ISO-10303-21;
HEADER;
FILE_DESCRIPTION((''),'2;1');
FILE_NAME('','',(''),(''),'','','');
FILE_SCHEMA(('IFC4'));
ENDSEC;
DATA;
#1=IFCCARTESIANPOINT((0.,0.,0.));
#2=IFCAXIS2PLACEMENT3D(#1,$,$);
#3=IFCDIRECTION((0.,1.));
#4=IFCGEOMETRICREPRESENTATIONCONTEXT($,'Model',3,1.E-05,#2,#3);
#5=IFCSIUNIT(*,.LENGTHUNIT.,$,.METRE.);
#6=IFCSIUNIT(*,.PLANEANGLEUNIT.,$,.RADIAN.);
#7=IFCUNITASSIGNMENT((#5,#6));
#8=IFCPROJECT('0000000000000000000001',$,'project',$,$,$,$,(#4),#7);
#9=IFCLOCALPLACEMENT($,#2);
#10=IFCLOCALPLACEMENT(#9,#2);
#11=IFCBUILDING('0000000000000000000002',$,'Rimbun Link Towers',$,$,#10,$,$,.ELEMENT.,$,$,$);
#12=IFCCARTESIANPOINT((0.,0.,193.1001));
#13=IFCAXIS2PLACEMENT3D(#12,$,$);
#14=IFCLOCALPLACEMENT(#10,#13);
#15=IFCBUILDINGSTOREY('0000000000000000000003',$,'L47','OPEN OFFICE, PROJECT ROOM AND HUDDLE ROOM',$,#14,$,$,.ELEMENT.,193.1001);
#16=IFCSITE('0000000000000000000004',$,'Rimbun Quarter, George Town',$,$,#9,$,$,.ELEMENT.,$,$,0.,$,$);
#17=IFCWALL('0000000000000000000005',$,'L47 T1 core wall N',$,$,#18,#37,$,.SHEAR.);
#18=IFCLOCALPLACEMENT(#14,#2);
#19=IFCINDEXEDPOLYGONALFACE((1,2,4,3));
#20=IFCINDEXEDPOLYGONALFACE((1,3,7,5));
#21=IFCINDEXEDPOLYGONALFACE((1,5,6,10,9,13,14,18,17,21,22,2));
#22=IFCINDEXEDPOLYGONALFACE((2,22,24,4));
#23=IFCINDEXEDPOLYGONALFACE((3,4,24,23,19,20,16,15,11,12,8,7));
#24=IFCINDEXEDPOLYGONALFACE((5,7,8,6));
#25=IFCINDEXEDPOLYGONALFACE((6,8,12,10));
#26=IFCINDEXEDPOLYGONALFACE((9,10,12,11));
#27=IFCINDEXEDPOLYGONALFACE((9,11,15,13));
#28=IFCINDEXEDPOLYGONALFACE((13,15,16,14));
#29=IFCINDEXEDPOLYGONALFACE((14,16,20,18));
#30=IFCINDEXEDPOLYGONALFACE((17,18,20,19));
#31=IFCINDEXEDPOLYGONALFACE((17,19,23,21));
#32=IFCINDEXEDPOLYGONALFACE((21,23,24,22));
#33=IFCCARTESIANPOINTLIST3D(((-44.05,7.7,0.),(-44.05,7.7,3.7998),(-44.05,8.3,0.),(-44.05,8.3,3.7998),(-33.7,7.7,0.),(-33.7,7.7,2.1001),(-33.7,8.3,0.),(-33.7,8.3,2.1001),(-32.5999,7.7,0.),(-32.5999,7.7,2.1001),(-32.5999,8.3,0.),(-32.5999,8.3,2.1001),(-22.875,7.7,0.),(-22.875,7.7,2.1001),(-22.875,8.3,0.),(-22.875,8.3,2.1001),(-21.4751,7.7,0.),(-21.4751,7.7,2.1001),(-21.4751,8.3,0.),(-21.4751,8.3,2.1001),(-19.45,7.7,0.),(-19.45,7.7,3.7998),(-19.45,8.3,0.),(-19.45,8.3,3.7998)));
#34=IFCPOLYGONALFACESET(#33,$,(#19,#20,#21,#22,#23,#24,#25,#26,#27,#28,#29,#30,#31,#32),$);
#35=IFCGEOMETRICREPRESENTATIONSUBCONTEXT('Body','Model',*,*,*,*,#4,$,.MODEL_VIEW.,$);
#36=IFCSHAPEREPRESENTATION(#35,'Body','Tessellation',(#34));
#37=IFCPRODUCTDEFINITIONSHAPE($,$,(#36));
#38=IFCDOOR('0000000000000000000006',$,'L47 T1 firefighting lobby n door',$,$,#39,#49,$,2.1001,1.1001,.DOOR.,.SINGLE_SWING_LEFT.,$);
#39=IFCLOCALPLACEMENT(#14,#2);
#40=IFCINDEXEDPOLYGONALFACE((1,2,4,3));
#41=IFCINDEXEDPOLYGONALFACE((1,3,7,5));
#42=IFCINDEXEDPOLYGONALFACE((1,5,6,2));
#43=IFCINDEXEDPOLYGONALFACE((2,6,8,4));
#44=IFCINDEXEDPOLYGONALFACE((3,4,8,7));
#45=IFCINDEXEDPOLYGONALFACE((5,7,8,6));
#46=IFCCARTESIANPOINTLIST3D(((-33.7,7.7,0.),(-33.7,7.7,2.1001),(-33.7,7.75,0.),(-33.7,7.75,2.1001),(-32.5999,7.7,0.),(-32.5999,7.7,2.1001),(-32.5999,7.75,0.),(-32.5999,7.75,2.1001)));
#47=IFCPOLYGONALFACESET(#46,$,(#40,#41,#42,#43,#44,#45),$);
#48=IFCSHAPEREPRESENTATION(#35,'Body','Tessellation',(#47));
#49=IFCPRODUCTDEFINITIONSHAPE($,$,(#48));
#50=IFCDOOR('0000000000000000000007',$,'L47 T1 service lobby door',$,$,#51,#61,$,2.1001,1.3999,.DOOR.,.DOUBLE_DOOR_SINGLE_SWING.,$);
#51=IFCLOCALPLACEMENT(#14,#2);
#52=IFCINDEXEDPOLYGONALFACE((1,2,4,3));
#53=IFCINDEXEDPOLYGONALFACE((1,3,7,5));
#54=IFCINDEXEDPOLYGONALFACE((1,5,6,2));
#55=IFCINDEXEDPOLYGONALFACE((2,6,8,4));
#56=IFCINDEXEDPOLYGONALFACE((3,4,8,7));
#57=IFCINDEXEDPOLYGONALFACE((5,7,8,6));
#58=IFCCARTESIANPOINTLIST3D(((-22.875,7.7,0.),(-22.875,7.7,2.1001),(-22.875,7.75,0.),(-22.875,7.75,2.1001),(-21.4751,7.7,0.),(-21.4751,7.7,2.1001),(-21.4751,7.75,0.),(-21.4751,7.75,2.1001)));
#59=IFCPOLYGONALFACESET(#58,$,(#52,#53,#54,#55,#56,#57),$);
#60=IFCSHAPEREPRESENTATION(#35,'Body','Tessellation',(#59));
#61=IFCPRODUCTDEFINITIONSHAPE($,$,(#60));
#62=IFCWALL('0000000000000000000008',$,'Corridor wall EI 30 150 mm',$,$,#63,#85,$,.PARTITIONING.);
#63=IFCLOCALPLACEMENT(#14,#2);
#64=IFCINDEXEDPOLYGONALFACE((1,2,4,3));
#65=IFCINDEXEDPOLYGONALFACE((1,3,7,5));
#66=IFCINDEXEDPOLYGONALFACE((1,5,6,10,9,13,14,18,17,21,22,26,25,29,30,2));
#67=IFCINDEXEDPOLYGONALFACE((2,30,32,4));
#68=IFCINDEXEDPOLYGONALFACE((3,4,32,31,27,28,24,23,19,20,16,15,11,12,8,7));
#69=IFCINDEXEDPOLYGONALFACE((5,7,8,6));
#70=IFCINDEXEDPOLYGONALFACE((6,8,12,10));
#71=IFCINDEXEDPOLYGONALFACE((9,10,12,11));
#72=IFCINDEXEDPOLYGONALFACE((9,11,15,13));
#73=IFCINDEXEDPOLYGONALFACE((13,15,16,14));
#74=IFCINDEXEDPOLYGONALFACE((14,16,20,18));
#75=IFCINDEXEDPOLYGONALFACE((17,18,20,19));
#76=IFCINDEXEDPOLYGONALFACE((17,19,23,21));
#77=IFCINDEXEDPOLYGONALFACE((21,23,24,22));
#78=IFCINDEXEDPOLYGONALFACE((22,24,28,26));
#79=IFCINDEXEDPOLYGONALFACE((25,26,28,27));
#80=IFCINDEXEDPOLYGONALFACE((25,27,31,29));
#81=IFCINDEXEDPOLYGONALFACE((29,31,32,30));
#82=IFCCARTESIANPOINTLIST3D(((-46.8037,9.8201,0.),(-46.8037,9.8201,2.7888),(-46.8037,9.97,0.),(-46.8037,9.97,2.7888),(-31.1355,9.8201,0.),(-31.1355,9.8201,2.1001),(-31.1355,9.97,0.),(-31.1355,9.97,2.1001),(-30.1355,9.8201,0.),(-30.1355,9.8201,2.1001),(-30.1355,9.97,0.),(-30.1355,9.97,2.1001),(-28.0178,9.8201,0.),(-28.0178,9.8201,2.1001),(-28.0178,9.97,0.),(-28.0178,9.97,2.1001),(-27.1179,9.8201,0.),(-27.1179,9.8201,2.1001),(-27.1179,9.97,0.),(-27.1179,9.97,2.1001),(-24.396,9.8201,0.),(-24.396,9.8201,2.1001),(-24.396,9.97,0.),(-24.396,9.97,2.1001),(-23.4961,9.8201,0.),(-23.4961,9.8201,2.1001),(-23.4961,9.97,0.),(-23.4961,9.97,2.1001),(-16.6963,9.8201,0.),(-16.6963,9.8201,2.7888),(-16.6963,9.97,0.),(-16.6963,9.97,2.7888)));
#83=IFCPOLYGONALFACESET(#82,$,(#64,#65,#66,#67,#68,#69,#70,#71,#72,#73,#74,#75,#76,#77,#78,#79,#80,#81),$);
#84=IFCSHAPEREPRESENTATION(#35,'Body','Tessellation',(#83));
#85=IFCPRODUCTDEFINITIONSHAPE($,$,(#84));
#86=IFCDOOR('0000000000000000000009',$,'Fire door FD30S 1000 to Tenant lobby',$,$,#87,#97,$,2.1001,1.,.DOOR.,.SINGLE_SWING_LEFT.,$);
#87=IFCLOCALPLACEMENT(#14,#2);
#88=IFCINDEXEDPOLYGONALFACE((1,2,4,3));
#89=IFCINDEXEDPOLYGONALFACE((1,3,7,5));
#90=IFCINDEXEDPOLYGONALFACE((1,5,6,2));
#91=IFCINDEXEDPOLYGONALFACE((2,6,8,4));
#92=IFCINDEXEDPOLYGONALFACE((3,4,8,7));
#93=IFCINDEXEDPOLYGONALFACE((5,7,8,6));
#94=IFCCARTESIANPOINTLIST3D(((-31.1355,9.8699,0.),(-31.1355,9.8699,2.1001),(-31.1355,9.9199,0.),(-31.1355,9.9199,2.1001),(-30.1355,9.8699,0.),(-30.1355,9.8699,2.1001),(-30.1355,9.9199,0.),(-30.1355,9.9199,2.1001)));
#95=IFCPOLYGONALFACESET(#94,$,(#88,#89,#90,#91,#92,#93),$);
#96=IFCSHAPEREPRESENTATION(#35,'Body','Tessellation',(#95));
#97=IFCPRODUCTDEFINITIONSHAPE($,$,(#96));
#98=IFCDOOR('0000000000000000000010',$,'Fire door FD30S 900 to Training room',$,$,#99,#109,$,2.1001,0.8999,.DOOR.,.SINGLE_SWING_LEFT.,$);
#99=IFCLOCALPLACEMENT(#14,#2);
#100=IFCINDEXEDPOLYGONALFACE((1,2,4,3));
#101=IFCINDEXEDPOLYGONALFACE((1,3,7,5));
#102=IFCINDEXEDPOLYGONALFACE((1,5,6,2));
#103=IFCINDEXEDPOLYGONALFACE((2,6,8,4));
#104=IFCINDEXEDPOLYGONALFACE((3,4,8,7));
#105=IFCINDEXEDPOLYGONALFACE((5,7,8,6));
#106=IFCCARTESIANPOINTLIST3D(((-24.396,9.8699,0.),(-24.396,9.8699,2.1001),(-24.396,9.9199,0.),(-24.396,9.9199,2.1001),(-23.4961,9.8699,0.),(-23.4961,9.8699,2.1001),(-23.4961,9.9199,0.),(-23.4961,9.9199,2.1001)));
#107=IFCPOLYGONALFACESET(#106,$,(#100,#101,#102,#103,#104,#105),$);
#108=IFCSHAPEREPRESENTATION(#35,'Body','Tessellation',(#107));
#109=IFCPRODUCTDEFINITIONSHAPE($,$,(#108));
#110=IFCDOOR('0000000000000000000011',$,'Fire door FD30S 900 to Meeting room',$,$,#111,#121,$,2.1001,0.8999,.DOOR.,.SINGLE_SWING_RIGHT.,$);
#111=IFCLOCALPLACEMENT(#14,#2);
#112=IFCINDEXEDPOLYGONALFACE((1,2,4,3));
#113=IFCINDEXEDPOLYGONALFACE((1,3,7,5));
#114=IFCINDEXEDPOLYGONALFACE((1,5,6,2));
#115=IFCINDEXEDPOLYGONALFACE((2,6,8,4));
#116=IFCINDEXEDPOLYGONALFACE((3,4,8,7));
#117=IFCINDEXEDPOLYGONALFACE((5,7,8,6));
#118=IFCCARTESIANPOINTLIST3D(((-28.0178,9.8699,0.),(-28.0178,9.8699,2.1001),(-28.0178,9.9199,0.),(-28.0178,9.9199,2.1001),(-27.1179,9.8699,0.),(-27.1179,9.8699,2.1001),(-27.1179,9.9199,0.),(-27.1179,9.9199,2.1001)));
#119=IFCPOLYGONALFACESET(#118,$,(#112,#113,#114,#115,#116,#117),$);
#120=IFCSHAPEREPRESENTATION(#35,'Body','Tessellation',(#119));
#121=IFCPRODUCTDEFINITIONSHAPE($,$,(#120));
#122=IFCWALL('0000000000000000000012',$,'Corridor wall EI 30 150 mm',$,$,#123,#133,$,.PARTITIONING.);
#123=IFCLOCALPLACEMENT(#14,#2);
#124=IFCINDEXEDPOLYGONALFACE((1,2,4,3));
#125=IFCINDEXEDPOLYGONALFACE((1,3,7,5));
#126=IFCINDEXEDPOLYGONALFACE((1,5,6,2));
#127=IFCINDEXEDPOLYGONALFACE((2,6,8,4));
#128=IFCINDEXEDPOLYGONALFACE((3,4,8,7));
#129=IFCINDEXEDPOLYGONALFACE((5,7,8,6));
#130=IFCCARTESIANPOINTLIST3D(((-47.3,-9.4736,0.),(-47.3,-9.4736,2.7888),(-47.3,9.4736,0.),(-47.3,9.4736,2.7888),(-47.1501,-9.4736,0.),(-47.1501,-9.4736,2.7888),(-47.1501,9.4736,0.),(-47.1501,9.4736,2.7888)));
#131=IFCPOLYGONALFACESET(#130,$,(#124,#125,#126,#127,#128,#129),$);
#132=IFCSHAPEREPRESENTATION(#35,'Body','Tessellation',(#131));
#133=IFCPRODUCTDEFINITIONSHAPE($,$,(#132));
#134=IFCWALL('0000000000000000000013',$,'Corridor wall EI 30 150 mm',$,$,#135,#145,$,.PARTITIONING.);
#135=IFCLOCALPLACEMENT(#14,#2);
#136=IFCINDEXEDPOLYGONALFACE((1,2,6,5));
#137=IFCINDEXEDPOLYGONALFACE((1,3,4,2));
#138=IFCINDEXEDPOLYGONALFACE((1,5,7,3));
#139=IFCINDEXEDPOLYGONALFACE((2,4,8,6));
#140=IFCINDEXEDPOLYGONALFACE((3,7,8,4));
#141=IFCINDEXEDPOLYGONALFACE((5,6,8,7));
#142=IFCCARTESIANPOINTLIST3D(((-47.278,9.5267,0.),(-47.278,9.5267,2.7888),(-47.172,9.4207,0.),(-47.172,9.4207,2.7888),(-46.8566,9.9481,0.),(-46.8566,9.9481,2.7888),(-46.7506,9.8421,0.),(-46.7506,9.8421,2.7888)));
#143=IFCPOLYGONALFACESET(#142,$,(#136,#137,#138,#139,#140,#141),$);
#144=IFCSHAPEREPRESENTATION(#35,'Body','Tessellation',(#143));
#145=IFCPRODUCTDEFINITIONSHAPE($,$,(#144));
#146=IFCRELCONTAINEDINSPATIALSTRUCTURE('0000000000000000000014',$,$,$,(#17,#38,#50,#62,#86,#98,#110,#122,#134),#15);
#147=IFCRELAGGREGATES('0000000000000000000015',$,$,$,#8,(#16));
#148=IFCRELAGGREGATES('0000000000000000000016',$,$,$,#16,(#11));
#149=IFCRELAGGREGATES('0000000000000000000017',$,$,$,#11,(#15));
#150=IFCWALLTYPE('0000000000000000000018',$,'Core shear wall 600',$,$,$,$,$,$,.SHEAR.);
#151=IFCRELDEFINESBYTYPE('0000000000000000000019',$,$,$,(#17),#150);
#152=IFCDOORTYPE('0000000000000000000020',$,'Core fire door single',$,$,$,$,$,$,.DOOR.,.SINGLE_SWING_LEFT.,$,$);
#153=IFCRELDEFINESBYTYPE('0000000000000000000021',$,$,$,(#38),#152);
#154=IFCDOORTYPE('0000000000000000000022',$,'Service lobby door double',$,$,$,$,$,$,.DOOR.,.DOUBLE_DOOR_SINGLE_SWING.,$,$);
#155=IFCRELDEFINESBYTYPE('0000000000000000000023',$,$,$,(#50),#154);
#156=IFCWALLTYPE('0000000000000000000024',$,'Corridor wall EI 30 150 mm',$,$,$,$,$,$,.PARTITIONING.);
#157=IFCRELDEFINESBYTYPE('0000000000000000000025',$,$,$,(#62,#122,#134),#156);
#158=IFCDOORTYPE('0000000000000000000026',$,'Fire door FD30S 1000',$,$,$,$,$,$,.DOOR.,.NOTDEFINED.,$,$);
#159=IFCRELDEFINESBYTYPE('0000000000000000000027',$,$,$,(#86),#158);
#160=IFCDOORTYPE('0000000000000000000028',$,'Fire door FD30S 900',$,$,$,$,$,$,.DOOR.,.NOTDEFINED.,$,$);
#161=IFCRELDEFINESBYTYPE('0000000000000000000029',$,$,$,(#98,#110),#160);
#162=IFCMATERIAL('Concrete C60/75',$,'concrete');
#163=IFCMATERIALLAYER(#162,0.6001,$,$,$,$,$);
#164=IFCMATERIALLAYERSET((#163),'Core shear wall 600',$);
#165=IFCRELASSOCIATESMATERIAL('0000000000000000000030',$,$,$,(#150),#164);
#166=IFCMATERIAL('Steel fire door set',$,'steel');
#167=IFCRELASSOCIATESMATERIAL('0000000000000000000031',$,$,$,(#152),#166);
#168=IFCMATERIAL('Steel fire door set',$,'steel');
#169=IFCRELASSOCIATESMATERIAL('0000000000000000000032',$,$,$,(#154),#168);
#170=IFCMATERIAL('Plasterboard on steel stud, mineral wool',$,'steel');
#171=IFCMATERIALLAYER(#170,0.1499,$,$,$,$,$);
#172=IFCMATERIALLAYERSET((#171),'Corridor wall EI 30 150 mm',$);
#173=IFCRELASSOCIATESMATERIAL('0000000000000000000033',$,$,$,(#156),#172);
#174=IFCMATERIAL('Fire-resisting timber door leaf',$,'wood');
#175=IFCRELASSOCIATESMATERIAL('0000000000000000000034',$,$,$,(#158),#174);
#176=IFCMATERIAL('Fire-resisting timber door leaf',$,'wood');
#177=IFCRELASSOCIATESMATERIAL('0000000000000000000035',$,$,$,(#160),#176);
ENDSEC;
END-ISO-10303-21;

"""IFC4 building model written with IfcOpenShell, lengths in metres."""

from ifc_helpers import new_model, si_unit, direction, frame, frame_2d, origin, place, context, subcontext, project, spatial, rectangle, extrude, material, layer, layer_set, type_object, element, fill, save


model = new_model("IFC4")

# Units and contexts
model_context = context("Model", 3, precision=1e-05, world=origin(), true_north=direction((0.0, 1.0)))
body_context = subcontext(model_context, "Body", "Model", "MODEL_VIEW")
ifc_project = project(units=[si_unit("LENGTHUNIT", "METRE"), si_unit("PLANEANGLEUNIT", "RADIAN")], contexts=[model_context])

# Site, building, storey
site_placement = place(None, origin())
site = spatial("IfcSite", under=ifc_project, at=site_placement, Name="Rimbun Quarter, George Town", CompositionType="ELEMENT", RefElevation=0.0)
building_placement = place(site_placement, origin())
building = spatial("IfcBuilding", under=site, at=building_placement, Name="Rimbun Link Towers", CompositionType="ELEMENT")
storey_placement = place(building_placement, frame((0.0, 0.0, 193.1001)))
storey = spatial("IfcBuildingStorey", under=building, at=storey_placement, Name="L47", Description="OPEN OFFICE, PROJECT ROOM AND HUDDLE ROOM", CompositionType="ELEMENT", Elevation=193.1001)

# Walls, openings, doors
ifc_material_1 = material(Name="Concrete C60/75", Category="concrete")
ifc_layer_1 = layer(ifc_material_1, 0.6001)
ifc_layer_set_1 = layer_set([ifc_layer_1], Name="Core shear wall 600")
wall_type_1 = type_object("IfcWallType", Name="Core shear wall 600", PredefinedType="SHEAR", material=ifc_layer_set_1)
wall_1_placement = place(storey_placement, frame((-44.05, 8.0, 0.0), z_axis=(0.0, 0.0, 1.0), x_axis=(1.0, 0.0, 0.0)))
wall_1 = element("IfcWall", 1, at=wall_1_placement, inside=storey, type_object=wall_type_1, Name="L47 T1 core wall N", PredefinedType="SHEAR", context=body_context, shape_type="SweptSolid", body=[
    extrude(rectangle(XDim=24.6001, YDim=0.6001, at=frame_2d((12.3, 0.0))), origin(), (0.0, 0.0, 1.0), 3.7998),
])
opening_1_placement = place(wall_1_placement, frame((10.3501, 0.0, 0.0)))
opening_1 = element("IfcOpeningElement", 2, at=opening_1_placement, cuts=wall_1, PredefinedType="OPENING", context=body_context, shape_type="SweptSolid", body=[
    extrude(rectangle(XDim=1.1001, YDim=2.1001, at=frame_2d((0.55, 1.05))), frame((0.0, 0.3101, 0.0), z_axis=(0.0, -1.0, 0.0), x_axis=(1.0, 0.0, 0.0)), (0.0, 0.0, 1.0), 0.6201),
])
opening_2_placement = place(wall_1_placement, frame((21.175, 0.0, 0.0)))
opening_2 = element("IfcOpeningElement", 3, at=opening_2_placement, cuts=wall_1, PredefinedType="OPENING", context=body_context, shape_type="SweptSolid", body=[
    extrude(rectangle(XDim=1.3999, YDim=2.1001, at=frame_2d((0.7, 1.05))), frame((0.0, 0.3101, 0.0), z_axis=(0.0, -1.0, 0.0), x_axis=(1.0, 0.0, 0.0)), (0.0, 0.0, 1.0), 0.6201),
])
ifc_material_2 = material(Name="Steel fire door set", Category="steel")
door_type_1 = type_object("IfcDoorType", Name="Core fire door single", OperationType="SINGLE_SWING_LEFT", PredefinedType="DOOR", material=ifc_material_2)
door_1_placement = place(opening_1_placement, origin())
door_1 = element("IfcDoor", 4, at=door_1_placement, inside=storey, type_object=door_type_1, Name="L47 T1 firefighting lobby n door", OperationType="SINGLE_SWING_LEFT", OverallHeight=2.1001, OverallWidth=1.1001, PredefinedType="DOOR", context=body_context, shape_type="SweptSolid", body=[
    extrude(rectangle(XDim=1.1001, YDim=2.1001, at=frame_2d((0.55, 1.05))), frame((0.0, -0.25, 0.0), z_axis=(0.0, -1.0, 0.0), x_axis=(1.0, 0.0, 0.0)), (0.0, 0.0, 1.0), 0.05),
])
fill(opening_1, door_1)
ifc_material_3 = material(Name="Steel fire door set", Category="steel")
door_type_2 = type_object("IfcDoorType", Name="Service lobby door double", OperationType="DOUBLE_DOOR_SINGLE_SWING", PredefinedType="DOOR", material=ifc_material_3)
door_2_placement = place(opening_2_placement, origin())
door_2 = element("IfcDoor", 5, at=door_2_placement, inside=storey, type_object=door_type_2, Name="L47 T1 service lobby door", OperationType="DOUBLE_DOOR_SINGLE_SWING", OverallHeight=2.1001, OverallWidth=1.3999, PredefinedType="DOOR", context=body_context, shape_type="SweptSolid", body=[
    extrude(rectangle(XDim=1.3999, YDim=2.1001, at=frame_2d((0.7, 1.05))), frame((0.0, -0.25, 0.0), z_axis=(0.0, -1.0, 0.0), x_axis=(1.0, 0.0, 0.0)), (0.0, 0.0, 1.0), 0.05),
])
fill(opening_2, door_2)
ifc_material_4 = material(Name="Plasterboard on steel stud, mineral wool", Category="steel")
ifc_layer_2 = layer(ifc_material_4, 0.1499)
ifc_layer_set_2 = layer_set([ifc_layer_2], Name="Corridor wall EI 30 150 mm")
wall_type_2 = type_object("IfcWallType", Name="Corridor wall EI 30 150 mm", PredefinedType="PARTITIONING", material=ifc_layer_set_2)
wall_2_placement = place(storey_placement, frame((-46.8037, 9.895, 0.0), z_axis=(0.0, 0.0, 1.0), x_axis=(1.0, 0.0, 0.0)))
wall_2 = element("IfcWall", 6, at=wall_2_placement, inside=storey, type_object=wall_type_2, Name="Corridor wall EI 30 150 mm", PredefinedType="PARTITIONING", context=body_context, shape_type="SweptSolid", body=[
    extrude(rectangle(XDim=30.1074, YDim=0.1499, at=frame_2d((15.0537, 0.0))), origin(), (0.0, 0.0, 1.0), 2.7888),
])
opening_3_placement = place(wall_2_placement, frame((22.4077, 0.0, 0.0)))
opening_3 = element("IfcOpeningElement", 7, at=opening_3_placement, cuts=wall_2, PredefinedType="OPENING", context=body_context, shape_type="SweptSolid", body=[
    extrude(rectangle(XDim=0.8999, YDim=2.1001, at=frame_2d((0.45, 1.05))), frame((0.0, 0.085, 0.0), z_axis=(0.0, -1.0, 0.0), x_axis=(1.0, 0.0, 0.0)), (0.0, 0.0, 1.0), 0.1699),
])
opening_4_placement = place(wall_2_placement, frame((18.7859, 0.0, 0.0)))
opening_4 = element("IfcOpeningElement", 8, at=opening_4_placement, cuts=wall_2, PredefinedType="OPENING", context=body_context, shape_type="SweptSolid", body=[
    extrude(rectangle(XDim=0.8999, YDim=2.1001, at=frame_2d((0.45, 1.05))), frame((0.0, 0.085, 0.0), z_axis=(0.0, -1.0, 0.0), x_axis=(1.0, 0.0, 0.0)), (0.0, 0.0, 1.0), 0.1699),
])
opening_5_placement = place(wall_2_placement, frame((15.6682, 0.0, 0.0)))
opening_5 = element("IfcOpeningElement", 9, at=opening_5_placement, cuts=wall_2, PredefinedType="OPENING", context=body_context, shape_type="SweptSolid", body=[
    extrude(rectangle(XDim=1.0, YDim=2.1001, at=frame_2d((0.5, 1.05))), frame((0.0, 0.085, 0.0), z_axis=(0.0, -1.0, 0.0), x_axis=(1.0, 0.0, 0.0)), (0.0, 0.0, 1.0), 0.1699),
])
ifc_material_5 = material(Name="Fire-resisting timber door leaf", Category="wood")
door_type_3 = type_object("IfcDoorType", Name="Fire door FD30S 1000", OperationType="NOTDEFINED", PredefinedType="DOOR", material=ifc_material_5)
door_3_placement = place(opening_5_placement, origin())
door_3 = element("IfcDoor", 10, at=door_3_placement, inside=storey, type_object=door_type_3, Name="Fire door FD30S 1000 to Tenant lobby", OperationType="SINGLE_SWING_LEFT", OverallHeight=2.1001, OverallWidth=1.0, PredefinedType="DOOR", context=body_context, shape_type="SweptSolid", body=[
    extrude(rectangle(XDim=1.0, YDim=2.1001, at=frame_2d((0.5, 1.05))), frame((0.0, 0.0249, 0.0), z_axis=(0.0, -1.0, 0.0), x_axis=(1.0, 0.0, 0.0)), (0.0, 0.0, 1.0), 0.05),
])
fill(opening_5, door_3)
ifc_material_6 = material(Name="Fire-resisting timber door leaf", Category="wood")
door_type_4 = type_object("IfcDoorType", Name="Fire door FD30S 900", OperationType="NOTDEFINED", PredefinedType="DOOR", material=ifc_material_6)
door_4_placement = place(opening_3_placement, origin())
door_4 = element("IfcDoor", 11, at=door_4_placement, inside=storey, type_object=door_type_4, Name="Fire door FD30S 900 to Training room", OperationType="SINGLE_SWING_LEFT", OverallHeight=2.1001, OverallWidth=0.8999, PredefinedType="DOOR", context=body_context, shape_type="SweptSolid", body=[
    extrude(rectangle(XDim=0.8999, YDim=2.1001, at=frame_2d((0.45, 1.05))), frame((0.0, 0.0249, 0.0), z_axis=(0.0, -1.0, 0.0), x_axis=(1.0, 0.0, 0.0)), (0.0, 0.0, 1.0), 0.05),
])
fill(opening_3, door_4)
door_5_placement = place(opening_4_placement, origin())
door_5 = element("IfcDoor", 12, at=door_5_placement, inside=storey, type_object=door_type_4, Name="Fire door FD30S 900 to Meeting room", OperationType="SINGLE_SWING_RIGHT", OverallHeight=2.1001, OverallWidth=0.8999, PredefinedType="DOOR", context=body_context, shape_type="SweptSolid", body=[
    extrude(rectangle(XDim=0.8999, YDim=2.1001, at=frame_2d((0.45, 1.05))), frame((0.0, 0.0249, 0.0), z_axis=(0.0, -1.0, 0.0), x_axis=(1.0, 0.0, 0.0)), (0.0, 0.0, 1.0), 0.05),
])
fill(opening_4, door_5)

# Walls
wall_3_placement = place(storey_placement, frame((-47.2251, 9.4736, 0.0), z_axis=(0.0, 0.0, 1.0), x_axis=(0.0, -1.0, 0.0)))
element("IfcWall", 13, at=wall_3_placement, inside=storey, type_object=wall_type_2, Name="Corridor wall EI 30 150 mm", PredefinedType="PARTITIONING", context=body_context, shape_type="SweptSolid", body=[
    extrude(rectangle(XDim=18.9473, YDim=0.1499, at=frame_2d((9.4736, 0.0))), origin(), (0.0, 0.0, 1.0), 2.7888),
])
wall_4_placement = place(storey_placement, frame((-46.8037, 9.895, 0.0), z_axis=(0.0, 0.0, 1.0), x_axis=(-0.707107, -0.707107, 0.0)))
element("IfcWall", 14, at=wall_4_placement, inside=storey, type_object=wall_type_2, Name="Corridor wall EI 30 150 mm", PredefinedType="PARTITIONING", context=body_context, shape_type="SweptSolid", body=[
    extrude(rectangle(XDim=0.5959, YDim=0.1499, at=frame_2d((0.2979, 0.0))), origin(), (0.0, 0.0, 1.0), 2.7888),
])

save(model, "model.ifc")
